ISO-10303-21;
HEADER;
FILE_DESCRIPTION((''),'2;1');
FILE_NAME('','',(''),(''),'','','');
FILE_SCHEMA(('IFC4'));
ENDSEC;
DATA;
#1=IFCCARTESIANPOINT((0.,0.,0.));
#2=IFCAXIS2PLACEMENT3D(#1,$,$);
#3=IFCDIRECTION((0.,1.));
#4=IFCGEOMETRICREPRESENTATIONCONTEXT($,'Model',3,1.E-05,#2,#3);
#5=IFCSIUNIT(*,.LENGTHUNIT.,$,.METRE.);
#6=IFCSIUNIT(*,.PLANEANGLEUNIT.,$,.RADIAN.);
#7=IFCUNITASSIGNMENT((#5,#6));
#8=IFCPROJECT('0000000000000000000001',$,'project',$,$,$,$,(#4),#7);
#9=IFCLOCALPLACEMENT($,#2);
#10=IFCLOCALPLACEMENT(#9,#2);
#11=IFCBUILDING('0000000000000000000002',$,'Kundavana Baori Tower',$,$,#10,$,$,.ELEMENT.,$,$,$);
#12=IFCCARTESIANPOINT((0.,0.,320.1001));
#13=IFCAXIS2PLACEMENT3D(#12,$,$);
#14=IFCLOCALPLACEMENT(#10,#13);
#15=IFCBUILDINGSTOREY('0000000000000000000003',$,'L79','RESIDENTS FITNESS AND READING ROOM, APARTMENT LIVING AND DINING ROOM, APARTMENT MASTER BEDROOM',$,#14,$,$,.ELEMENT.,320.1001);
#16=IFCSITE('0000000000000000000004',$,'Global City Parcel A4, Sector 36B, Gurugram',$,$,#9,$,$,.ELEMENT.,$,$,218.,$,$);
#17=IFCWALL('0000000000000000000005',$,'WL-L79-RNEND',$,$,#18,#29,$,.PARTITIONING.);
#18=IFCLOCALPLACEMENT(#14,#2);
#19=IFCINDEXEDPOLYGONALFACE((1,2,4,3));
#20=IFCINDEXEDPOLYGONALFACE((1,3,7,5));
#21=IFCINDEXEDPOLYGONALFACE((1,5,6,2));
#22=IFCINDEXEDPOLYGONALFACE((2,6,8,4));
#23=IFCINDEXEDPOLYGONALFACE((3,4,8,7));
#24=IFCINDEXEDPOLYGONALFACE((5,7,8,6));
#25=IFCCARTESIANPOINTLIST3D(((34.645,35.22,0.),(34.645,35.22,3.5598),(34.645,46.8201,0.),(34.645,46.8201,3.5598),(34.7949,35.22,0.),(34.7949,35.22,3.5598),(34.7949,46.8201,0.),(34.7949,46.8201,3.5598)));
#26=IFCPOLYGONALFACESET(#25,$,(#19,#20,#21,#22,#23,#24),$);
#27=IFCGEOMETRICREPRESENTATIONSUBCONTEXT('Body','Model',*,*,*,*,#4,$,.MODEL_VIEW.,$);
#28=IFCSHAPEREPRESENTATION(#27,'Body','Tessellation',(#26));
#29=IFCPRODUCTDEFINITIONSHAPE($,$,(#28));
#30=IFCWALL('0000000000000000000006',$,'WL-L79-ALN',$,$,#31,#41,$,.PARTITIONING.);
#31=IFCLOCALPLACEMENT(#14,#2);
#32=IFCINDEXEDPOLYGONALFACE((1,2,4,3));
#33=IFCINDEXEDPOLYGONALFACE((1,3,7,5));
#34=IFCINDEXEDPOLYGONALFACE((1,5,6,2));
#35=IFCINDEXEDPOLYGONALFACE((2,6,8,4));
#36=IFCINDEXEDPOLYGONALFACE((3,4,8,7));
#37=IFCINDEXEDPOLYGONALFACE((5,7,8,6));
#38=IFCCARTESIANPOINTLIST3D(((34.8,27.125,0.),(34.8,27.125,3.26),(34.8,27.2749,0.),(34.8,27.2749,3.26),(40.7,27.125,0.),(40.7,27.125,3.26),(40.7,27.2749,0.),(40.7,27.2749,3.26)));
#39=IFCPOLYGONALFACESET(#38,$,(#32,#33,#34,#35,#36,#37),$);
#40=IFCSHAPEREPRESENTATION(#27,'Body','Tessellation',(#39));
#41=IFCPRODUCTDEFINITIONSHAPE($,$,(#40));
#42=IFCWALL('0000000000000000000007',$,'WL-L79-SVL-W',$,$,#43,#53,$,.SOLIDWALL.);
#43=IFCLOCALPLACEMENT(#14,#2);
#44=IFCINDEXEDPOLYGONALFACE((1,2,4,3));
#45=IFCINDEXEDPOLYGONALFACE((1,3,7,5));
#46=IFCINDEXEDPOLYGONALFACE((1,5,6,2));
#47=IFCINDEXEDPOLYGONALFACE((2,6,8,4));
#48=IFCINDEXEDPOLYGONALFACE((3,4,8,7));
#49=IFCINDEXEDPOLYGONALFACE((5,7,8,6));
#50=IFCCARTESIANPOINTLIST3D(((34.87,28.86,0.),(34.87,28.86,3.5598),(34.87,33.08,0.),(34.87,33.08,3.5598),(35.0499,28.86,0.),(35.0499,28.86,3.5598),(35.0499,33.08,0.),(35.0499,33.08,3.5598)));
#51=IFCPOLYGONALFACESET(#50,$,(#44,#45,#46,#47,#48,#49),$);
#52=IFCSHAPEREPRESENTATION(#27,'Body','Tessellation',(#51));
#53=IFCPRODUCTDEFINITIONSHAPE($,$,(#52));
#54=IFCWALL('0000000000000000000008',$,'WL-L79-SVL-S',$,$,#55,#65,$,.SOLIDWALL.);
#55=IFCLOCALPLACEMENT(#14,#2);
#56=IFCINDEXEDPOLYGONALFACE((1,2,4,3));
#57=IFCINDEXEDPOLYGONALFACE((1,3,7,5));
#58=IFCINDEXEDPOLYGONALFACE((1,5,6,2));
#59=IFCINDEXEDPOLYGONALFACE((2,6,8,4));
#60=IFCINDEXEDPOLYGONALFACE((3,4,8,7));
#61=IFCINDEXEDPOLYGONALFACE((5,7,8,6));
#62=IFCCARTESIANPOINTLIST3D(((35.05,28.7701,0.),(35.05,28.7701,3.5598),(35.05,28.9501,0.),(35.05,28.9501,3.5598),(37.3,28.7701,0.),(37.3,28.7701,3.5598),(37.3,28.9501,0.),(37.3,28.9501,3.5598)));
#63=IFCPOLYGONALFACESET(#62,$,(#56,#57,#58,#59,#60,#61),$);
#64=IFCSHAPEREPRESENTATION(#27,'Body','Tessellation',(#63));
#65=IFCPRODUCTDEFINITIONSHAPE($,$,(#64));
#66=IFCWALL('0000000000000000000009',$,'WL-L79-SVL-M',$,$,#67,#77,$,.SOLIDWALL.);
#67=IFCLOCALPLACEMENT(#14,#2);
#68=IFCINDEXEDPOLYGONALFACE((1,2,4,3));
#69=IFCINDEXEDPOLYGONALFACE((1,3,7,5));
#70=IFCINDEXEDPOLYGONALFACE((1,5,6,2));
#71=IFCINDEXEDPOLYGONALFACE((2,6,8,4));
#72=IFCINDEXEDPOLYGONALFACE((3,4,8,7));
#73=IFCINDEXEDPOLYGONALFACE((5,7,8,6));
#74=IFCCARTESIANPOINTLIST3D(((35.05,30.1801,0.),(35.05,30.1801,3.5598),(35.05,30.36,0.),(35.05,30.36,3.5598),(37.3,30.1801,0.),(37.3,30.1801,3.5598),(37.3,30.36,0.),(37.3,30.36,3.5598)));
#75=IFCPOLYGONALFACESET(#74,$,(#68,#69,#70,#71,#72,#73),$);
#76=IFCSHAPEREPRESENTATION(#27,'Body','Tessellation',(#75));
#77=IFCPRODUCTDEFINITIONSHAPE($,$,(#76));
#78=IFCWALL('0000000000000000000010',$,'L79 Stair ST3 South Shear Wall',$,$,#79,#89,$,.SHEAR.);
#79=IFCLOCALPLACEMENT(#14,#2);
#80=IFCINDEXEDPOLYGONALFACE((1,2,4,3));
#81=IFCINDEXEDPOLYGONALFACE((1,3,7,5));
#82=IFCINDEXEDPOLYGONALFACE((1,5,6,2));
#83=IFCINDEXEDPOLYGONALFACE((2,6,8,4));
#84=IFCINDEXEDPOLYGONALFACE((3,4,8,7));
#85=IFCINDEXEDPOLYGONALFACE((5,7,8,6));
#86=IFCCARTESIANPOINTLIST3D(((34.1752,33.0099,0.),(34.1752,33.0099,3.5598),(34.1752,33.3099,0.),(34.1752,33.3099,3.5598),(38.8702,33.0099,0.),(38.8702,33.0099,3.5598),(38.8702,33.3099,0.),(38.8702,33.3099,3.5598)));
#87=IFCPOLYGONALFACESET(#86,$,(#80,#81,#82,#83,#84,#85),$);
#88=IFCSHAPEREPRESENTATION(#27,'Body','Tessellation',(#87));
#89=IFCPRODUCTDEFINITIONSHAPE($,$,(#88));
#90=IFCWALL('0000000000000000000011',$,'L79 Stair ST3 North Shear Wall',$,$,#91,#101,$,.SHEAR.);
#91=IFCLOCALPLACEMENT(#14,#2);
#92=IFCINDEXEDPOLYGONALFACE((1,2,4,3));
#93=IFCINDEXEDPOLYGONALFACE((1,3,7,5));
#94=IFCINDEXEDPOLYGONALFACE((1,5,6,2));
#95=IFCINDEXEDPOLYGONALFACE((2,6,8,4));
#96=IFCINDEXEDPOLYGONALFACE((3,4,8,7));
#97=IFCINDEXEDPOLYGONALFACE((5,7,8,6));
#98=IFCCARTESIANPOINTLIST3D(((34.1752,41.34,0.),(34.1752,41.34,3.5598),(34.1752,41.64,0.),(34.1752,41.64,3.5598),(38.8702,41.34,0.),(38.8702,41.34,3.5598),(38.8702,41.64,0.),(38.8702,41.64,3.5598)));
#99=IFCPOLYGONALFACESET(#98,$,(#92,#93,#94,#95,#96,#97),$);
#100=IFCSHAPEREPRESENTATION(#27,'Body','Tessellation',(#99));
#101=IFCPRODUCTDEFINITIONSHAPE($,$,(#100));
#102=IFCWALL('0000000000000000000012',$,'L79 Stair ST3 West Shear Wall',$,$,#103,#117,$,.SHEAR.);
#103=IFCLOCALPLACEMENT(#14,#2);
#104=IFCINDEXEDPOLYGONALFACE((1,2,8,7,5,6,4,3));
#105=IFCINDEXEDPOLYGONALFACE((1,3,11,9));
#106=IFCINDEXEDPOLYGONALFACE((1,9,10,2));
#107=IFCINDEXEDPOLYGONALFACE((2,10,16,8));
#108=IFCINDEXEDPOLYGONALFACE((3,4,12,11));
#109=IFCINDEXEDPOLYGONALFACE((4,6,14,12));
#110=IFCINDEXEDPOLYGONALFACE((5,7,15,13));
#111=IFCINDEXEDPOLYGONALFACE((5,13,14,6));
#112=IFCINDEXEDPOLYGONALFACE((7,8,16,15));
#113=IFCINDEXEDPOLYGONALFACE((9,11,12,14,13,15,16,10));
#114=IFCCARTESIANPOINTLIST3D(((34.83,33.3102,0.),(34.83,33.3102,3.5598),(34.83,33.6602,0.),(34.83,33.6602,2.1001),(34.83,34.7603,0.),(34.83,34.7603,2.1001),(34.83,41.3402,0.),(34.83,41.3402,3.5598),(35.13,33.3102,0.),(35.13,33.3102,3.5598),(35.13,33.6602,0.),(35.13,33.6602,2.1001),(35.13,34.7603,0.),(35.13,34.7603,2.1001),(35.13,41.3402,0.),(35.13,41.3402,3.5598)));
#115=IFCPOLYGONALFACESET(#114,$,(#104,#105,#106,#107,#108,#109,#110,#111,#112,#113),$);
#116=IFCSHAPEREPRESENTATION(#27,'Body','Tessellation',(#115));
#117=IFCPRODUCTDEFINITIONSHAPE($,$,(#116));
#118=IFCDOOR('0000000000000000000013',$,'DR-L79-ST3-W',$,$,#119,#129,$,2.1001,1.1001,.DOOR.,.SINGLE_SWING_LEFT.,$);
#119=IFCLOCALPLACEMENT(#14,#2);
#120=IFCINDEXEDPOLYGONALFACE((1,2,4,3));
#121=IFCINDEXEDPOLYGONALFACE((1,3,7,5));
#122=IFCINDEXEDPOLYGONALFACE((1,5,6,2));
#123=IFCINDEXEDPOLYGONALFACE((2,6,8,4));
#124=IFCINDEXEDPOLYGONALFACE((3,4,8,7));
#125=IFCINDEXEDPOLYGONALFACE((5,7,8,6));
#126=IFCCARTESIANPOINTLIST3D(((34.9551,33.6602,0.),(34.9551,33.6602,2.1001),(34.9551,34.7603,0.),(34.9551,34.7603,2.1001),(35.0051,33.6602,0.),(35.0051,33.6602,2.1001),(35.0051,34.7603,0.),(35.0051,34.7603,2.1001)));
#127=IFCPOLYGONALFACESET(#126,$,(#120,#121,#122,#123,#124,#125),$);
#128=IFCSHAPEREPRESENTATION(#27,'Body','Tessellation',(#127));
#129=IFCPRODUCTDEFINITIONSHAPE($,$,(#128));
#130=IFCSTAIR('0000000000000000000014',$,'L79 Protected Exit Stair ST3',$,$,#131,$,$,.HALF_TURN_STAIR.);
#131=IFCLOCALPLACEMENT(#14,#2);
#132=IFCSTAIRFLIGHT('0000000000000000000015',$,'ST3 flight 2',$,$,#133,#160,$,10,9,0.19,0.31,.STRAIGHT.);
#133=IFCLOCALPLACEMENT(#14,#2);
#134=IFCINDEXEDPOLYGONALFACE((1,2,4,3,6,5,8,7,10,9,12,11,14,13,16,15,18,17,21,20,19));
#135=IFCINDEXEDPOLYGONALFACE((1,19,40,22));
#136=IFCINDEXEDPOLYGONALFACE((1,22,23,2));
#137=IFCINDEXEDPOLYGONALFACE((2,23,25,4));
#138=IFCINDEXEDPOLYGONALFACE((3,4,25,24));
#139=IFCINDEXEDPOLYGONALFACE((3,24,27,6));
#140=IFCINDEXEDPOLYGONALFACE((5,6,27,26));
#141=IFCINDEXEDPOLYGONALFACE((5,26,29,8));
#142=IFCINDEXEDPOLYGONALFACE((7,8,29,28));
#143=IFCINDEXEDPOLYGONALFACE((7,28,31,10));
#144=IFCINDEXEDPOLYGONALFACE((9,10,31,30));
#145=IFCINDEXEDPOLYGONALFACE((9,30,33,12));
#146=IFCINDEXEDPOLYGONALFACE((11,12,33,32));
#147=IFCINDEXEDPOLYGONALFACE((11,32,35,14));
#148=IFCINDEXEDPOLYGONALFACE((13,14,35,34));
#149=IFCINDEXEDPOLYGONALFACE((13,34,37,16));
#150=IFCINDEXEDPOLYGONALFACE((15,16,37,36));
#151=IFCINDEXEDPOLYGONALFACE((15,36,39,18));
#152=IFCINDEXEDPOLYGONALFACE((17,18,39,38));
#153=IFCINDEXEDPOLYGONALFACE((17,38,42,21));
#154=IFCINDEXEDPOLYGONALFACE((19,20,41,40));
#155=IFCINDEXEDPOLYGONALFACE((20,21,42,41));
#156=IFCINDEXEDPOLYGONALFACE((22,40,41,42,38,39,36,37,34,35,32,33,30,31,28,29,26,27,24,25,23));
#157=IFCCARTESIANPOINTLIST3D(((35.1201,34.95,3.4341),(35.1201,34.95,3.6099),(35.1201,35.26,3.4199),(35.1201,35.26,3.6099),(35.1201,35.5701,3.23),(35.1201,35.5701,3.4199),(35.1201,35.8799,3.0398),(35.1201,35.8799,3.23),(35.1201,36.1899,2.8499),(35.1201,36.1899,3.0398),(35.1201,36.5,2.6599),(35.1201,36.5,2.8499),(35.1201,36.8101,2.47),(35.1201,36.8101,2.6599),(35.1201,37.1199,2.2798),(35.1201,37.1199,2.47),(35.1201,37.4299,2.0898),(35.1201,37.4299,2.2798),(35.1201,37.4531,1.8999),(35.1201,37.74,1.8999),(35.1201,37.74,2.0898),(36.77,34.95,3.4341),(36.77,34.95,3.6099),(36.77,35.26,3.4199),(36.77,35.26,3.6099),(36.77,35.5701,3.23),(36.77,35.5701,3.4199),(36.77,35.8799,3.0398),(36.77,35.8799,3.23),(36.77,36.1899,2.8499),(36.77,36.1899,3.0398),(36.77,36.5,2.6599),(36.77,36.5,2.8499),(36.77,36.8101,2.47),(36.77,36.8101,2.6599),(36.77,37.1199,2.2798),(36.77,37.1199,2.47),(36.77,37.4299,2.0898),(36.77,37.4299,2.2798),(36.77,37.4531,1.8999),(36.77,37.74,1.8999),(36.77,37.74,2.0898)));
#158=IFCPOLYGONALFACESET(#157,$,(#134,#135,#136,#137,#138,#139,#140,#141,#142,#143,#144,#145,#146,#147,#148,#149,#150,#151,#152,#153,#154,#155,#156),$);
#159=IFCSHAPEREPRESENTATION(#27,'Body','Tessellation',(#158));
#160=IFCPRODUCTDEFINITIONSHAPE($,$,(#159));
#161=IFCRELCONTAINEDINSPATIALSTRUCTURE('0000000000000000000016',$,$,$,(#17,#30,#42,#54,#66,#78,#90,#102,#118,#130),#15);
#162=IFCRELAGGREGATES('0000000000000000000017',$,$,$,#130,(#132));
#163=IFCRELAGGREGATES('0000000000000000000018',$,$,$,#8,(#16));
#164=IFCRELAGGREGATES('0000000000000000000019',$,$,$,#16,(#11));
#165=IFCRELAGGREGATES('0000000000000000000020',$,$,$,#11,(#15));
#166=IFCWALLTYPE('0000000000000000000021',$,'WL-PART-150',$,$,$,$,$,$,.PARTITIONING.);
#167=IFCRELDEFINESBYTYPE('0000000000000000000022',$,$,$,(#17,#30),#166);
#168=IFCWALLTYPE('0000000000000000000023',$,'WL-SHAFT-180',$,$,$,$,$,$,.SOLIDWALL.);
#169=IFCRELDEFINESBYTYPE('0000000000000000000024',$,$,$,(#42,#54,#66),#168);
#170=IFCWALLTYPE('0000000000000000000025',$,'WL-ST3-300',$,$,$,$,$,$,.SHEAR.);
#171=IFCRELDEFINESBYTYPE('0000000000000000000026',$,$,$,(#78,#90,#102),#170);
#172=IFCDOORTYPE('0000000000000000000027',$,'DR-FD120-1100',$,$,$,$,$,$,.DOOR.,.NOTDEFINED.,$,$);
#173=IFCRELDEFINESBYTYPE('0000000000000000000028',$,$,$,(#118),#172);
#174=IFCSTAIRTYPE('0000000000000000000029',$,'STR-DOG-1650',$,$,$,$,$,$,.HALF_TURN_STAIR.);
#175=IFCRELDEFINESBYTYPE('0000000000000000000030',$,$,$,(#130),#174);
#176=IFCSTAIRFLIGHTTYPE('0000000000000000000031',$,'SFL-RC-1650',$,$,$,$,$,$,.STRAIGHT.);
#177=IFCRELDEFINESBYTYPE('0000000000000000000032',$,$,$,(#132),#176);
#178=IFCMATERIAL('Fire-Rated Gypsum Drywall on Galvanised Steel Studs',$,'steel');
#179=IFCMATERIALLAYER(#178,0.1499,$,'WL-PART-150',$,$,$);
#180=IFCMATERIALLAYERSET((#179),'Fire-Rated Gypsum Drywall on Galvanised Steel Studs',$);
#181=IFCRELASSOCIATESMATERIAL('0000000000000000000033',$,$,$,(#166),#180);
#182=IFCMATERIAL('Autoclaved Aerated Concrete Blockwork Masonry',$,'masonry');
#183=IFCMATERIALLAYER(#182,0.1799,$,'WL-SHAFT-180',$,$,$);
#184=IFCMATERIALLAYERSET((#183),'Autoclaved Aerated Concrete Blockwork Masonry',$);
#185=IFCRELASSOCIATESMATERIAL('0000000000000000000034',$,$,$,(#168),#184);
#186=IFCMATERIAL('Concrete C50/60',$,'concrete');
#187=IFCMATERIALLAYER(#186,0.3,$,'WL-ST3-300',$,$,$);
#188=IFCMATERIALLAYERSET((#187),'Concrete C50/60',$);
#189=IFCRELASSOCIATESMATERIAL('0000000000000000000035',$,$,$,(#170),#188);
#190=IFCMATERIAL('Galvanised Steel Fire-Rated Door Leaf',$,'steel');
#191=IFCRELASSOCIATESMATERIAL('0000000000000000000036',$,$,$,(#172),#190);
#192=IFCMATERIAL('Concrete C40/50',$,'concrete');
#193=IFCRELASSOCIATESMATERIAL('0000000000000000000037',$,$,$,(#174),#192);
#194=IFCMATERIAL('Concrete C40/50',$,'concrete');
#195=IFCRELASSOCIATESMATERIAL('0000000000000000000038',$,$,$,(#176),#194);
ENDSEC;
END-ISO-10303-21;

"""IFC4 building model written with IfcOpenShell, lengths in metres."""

from ifc_helpers import new_model, si_unit, direction, frame, frame_2d, origin, place, context, subcontext, project, spatial, polyline, rectangle, outline, extrude, material, layer, layer_set, type_object, element, fill, aggregate, save


model = new_model("IFC4")

# Units and contexts
model_context = context("Model", 3, precision=1e-05, world=origin(), true_north=direction((0.0, 1.0)))
body_context = subcontext(model_context, "Body", "Model", "MODEL_VIEW")
ifc_project = project(units=[si_unit("LENGTHUNIT", "METRE"), si_unit("PLANEANGLEUNIT", "RADIAN")], contexts=[model_context])

# Site, building, storey
site_placement = place(None, origin())
site = spatial("IfcSite", under=ifc_project, at=site_placement, Name="Global City Parcel A4, Sector 36B, Gurugram", CompositionType="ELEMENT", RefElevation=218.0)
building_placement = place(site_placement, origin())
building = spatial("IfcBuilding", under=site, at=building_placement, Name="Kundavana Baori Tower", CompositionType="ELEMENT")
storey_placement = place(building_placement, frame((0.0, 0.0, 320.1001)))
storey = spatial("IfcBuildingStorey", under=building, at=storey_placement, Name="L79", Description="RESIDENTS FITNESS AND READING ROOM, APARTMENT LIVING AND DINING ROOM, APARTMENT MASTER BEDROOM", CompositionType="ELEMENT", Elevation=320.1001)

# Shared definitions
ifc_material_1 = material(Name="Fire-Rated Gypsum Drywall on Galvanised Steel Studs", Category="steel")
ifc_layer_1 = layer(ifc_material_1, 0.1499, Name="WL-PART-150")
ifc_layer_set_1 = layer_set([ifc_layer_1], Name="Fire-Rated Gypsum Drywall on Galvanised Steel Studs")
wall_type_1 = type_object("IfcWallType", Name="WL-PART-150", PredefinedType="PARTITIONING", material=ifc_layer_set_1)

# Walls
wall_1_placement = place(storey_placement, frame((34.72, 35.22, 0.0), z_axis=(0.0, 0.0, 1.0), x_axis=(0.0, 1.0, 0.0)))
element("IfcWall", 1, at=wall_1_placement, inside=storey, type_object=wall_type_1, Name="WL-L79-RNEND", PredefinedType="PARTITIONING", context=body_context, shape_type="SweptSolid", body=[
    extrude(rectangle(XDim=11.6001, YDim=0.1499, at=frame_2d((5.8, 0.0))), origin(), (0.0, 0.0, 1.0), 3.5598),
])
wall_2_placement = place(storey_placement, frame((34.8, 27.2, 0.0), z_axis=(0.0, 0.0, 1.0), x_axis=(1.0, 0.0, 0.0)))
element("IfcWall", 2, at=wall_2_placement, inside=storey, type_object=wall_type_1, Name="WL-L79-ALN", PredefinedType="PARTITIONING", context=body_context, shape_type="SweptSolid", body=[
    extrude(rectangle(XDim=5.8999, YDim=0.1499, at=frame_2d((2.95, 0.0))), origin(), (0.0, 0.0, 1.0), 3.26),
])
ifc_material_2 = material(Name="Autoclaved Aerated Concrete Blockwork Masonry", Category="masonry")
ifc_layer_2 = layer(ifc_material_2, 0.1799, Name="WL-SHAFT-180")
ifc_layer_set_2 = layer_set([ifc_layer_2], Name="Autoclaved Aerated Concrete Blockwork Masonry")
wall_type_2 = type_object("IfcWallType", Name="WL-SHAFT-180", PredefinedType="SOLIDWALL", material=ifc_layer_set_2)
wall_3_placement = place(storey_placement, frame((34.96, 28.8601, 0.0), z_axis=(0.0, 0.0, 1.0), x_axis=(0.0, 1.0, 0.0)))
element("IfcWall", 3, at=wall_3_placement, inside=storey, type_object=wall_type_2, Name="WL-L79-SVL-W", PredefinedType="SOLIDWALL", context=body_context, shape_type="SweptSolid", body=[
    extrude(rectangle(XDim=4.22, YDim=0.1799, at=frame_2d((2.1099, 0.0))), origin(), (0.0, 0.0, 1.0), 3.5598),
])

# Walls
for number, where, z_axis, x_axis, name in (
    (4, (35.05, 28.8601, 0.0), (0.0, 0.0, 1.0), (1.0, 0.0, 0.0), "WL-L79-SVL-S"),
    (5, (35.05, 30.27, 0.0), (0.0, 0.0, 1.0), (1.0, 0.0, 0.0), "WL-L79-SVL-M"),
):
    element("IfcWall", number, at=place(storey_placement, frame(where, z_axis=z_axis, x_axis=x_axis)), inside=storey, type_object=wall_type_2, Name=name, PredefinedType="SOLIDWALL", context=body_context, shape_type="SweptSolid", body=[
        extrude(rectangle(XDim=2.25, YDim=0.1799, at=frame_2d((1.125, 0.0))), origin(), (0.0, 0.0, 1.0), 3.5598),
    ])
ifc_material_3 = material(Name="Concrete C50/60", Category="concrete")
ifc_layer_3 = layer(ifc_material_3, 0.3, Name="WL-ST3-300")
ifc_layer_set_3 = layer_set([ifc_layer_3], Name="Concrete C50/60")
wall_type_3 = type_object("IfcWallType", Name="WL-ST3-300", PredefinedType="SHEAR", material=ifc_layer_set_3)
for number, where, z_axis, x_axis, name in (
    (6, (34.175, 33.1599, 0.0), (0.0, 0.0, 1.0), (1.0, 0.0, 0.0), "L79 Stair ST3 South Shear Wall"),
    (7, (34.175, 41.49, 0.0), (0.0, 0.0, 1.0), (1.0, 0.0, 0.0), "L79 Stair ST3 North Shear Wall"),
):
    element("IfcWall", number, at=place(storey_placement, frame(where, z_axis=z_axis, x_axis=x_axis)), inside=storey, type_object=wall_type_3, Name=name, PredefinedType="SHEAR", context=body_context, shape_type="SweptSolid", body=[
        extrude(rectangle(XDim=4.6951, YDim=0.3, at=frame_2d((2.3477, 0.0))), origin(), (0.0, 0.0, 1.0), 3.5598),
    ])

# Wall, opening, door
wall_4_placement = place(storey_placement, frame((34.98, 33.3101, 0.0), z_axis=(0.0, 0.0, 1.0), x_axis=(0.0, 1.0, 0.0)))
wall_4 = element("IfcWall", 8, at=wall_4_placement, inside=storey, type_object=wall_type_3, Name="L79 Stair ST3 West Shear Wall", PredefinedType="SHEAR", context=body_context, shape_type="SweptSolid", body=[
    extrude(rectangle(XDim=8.03, YDim=0.3, at=frame_2d((4.0151, 0.0))), origin(), (0.0, 0.0, 1.0), 3.5598),
])
opening_1_placement = place(wall_4_placement, frame((0.3501, 0.0, 0.0)))
opening_1 = element("IfcOpeningElement", 9, at=opening_1_placement, cuts=wall_4, PredefinedType="OPENING", context=body_context, shape_type="SweptSolid", body=[
    extrude(rectangle(XDim=1.1001, YDim=2.1001, at=frame_2d((0.55, 1.05))), frame((0.0, 0.1602, 0.0), z_axis=(0.0, -1.0, 0.0), x_axis=(1.0, 0.0, 0.0)), (0.0, 0.0, 1.0), 0.3201),
])
ifc_material_4 = material(Name="Galvanised Steel Fire-Rated Door Leaf", Category="steel")
door_type_1 = type_object("IfcDoorType", Name="DR-FD120-1100", OperationType="NOTDEFINED", PredefinedType="DOOR", material=ifc_material_4)
door_1_placement = place(opening_1_placement, origin())
door_1 = element("IfcDoor", 10, at=door_1_placement, inside=storey, type_object=door_type_1, Name="DR-L79-ST3-W", OperationType="SINGLE_SWING_LEFT", OverallHeight=2.1001, OverallWidth=1.1001, PredefinedType="DOOR", context=body_context, shape_type="SweptSolid", body=[
    extrude(rectangle(XDim=1.1001, YDim=2.1001, at=frame_2d((0.55, 1.05))), frame((0.0, 0.0249, 0.0), z_axis=(0.0, -1.0, 0.0), x_axis=(1.0, 0.0, 0.0)), (0.0, 0.0, 1.0), 0.05),
])
fill(opening_1, door_1)

# Stair, stair flight
ifc_material_5 = material(Name="Concrete C40/50", Category="concrete")
stair_type = type_object("IfcStairType", Name="STR-DOG-1650", PredefinedType="HALF_TURN_STAIR", material=ifc_material_5)
stair_placement = place(storey_placement, origin())
stair = element("IfcStair", 11, at=stair_placement, inside=storey, type_object=stair_type, Name="L79 Protected Exit Stair ST3", PredefinedType="HALF_TURN_STAIR")
ifc_material_6 = material(Name="Concrete C40/50", Category="concrete")
stair_flight_type = type_object("IfcStairFlightType", Name="SFL-RC-1650", PredefinedType="STRAIGHT", material=ifc_material_6)
stair_flight_placement = place(storey_placement, frame((35.9451, 37.74, 1.8999), z_axis=(0.0, 0.0, 1.0), x_axis=(0.0, -1.0, 0.0)))
stair_flight = element("IfcStairFlight", 12, at=stair_flight_placement, type_object=stair_flight_type, Name="ST3 flight 2", NumberOfRisers=10, NumberOfTreads=9, PredefinedType="STRAIGHT", RiserHeight=0.19, TreadLength=0.31, context=body_context, shape_type="SweptSolid", body=[
    extrude(outline(polyline([(0.0, 0.0), (0.0, 0.1899), (0.3101, 0.1899), (0.3101, 0.3799), (0.6201, 0.3799), (0.6201, 0.5701), (0.9299, 0.5701), (0.9299, 0.76), (1.24, 0.76), (1.24, 0.95), (1.55, 0.95), (1.55, 1.1399), (1.8601, 1.1399), (1.8601, 1.3301), (2.1699, 1.3301), (2.1699, 1.52), (2.48, 1.52), (2.48, 1.71), (2.79, 1.71), (2.79, 1.8999), (2.79, 1.5342), (0.2869, 0.0), (0.0, 0.0)])), frame((0.0, 0.825, 0.0), z_axis=(0.0, -1.0, 0.0), x_axis=(1.0, 0.0, 0.0)), (0.0, 0.0, 1.0), 1.6499),
])
aggregate(stair, [stair_flight])

save(model, "model.ifc")
